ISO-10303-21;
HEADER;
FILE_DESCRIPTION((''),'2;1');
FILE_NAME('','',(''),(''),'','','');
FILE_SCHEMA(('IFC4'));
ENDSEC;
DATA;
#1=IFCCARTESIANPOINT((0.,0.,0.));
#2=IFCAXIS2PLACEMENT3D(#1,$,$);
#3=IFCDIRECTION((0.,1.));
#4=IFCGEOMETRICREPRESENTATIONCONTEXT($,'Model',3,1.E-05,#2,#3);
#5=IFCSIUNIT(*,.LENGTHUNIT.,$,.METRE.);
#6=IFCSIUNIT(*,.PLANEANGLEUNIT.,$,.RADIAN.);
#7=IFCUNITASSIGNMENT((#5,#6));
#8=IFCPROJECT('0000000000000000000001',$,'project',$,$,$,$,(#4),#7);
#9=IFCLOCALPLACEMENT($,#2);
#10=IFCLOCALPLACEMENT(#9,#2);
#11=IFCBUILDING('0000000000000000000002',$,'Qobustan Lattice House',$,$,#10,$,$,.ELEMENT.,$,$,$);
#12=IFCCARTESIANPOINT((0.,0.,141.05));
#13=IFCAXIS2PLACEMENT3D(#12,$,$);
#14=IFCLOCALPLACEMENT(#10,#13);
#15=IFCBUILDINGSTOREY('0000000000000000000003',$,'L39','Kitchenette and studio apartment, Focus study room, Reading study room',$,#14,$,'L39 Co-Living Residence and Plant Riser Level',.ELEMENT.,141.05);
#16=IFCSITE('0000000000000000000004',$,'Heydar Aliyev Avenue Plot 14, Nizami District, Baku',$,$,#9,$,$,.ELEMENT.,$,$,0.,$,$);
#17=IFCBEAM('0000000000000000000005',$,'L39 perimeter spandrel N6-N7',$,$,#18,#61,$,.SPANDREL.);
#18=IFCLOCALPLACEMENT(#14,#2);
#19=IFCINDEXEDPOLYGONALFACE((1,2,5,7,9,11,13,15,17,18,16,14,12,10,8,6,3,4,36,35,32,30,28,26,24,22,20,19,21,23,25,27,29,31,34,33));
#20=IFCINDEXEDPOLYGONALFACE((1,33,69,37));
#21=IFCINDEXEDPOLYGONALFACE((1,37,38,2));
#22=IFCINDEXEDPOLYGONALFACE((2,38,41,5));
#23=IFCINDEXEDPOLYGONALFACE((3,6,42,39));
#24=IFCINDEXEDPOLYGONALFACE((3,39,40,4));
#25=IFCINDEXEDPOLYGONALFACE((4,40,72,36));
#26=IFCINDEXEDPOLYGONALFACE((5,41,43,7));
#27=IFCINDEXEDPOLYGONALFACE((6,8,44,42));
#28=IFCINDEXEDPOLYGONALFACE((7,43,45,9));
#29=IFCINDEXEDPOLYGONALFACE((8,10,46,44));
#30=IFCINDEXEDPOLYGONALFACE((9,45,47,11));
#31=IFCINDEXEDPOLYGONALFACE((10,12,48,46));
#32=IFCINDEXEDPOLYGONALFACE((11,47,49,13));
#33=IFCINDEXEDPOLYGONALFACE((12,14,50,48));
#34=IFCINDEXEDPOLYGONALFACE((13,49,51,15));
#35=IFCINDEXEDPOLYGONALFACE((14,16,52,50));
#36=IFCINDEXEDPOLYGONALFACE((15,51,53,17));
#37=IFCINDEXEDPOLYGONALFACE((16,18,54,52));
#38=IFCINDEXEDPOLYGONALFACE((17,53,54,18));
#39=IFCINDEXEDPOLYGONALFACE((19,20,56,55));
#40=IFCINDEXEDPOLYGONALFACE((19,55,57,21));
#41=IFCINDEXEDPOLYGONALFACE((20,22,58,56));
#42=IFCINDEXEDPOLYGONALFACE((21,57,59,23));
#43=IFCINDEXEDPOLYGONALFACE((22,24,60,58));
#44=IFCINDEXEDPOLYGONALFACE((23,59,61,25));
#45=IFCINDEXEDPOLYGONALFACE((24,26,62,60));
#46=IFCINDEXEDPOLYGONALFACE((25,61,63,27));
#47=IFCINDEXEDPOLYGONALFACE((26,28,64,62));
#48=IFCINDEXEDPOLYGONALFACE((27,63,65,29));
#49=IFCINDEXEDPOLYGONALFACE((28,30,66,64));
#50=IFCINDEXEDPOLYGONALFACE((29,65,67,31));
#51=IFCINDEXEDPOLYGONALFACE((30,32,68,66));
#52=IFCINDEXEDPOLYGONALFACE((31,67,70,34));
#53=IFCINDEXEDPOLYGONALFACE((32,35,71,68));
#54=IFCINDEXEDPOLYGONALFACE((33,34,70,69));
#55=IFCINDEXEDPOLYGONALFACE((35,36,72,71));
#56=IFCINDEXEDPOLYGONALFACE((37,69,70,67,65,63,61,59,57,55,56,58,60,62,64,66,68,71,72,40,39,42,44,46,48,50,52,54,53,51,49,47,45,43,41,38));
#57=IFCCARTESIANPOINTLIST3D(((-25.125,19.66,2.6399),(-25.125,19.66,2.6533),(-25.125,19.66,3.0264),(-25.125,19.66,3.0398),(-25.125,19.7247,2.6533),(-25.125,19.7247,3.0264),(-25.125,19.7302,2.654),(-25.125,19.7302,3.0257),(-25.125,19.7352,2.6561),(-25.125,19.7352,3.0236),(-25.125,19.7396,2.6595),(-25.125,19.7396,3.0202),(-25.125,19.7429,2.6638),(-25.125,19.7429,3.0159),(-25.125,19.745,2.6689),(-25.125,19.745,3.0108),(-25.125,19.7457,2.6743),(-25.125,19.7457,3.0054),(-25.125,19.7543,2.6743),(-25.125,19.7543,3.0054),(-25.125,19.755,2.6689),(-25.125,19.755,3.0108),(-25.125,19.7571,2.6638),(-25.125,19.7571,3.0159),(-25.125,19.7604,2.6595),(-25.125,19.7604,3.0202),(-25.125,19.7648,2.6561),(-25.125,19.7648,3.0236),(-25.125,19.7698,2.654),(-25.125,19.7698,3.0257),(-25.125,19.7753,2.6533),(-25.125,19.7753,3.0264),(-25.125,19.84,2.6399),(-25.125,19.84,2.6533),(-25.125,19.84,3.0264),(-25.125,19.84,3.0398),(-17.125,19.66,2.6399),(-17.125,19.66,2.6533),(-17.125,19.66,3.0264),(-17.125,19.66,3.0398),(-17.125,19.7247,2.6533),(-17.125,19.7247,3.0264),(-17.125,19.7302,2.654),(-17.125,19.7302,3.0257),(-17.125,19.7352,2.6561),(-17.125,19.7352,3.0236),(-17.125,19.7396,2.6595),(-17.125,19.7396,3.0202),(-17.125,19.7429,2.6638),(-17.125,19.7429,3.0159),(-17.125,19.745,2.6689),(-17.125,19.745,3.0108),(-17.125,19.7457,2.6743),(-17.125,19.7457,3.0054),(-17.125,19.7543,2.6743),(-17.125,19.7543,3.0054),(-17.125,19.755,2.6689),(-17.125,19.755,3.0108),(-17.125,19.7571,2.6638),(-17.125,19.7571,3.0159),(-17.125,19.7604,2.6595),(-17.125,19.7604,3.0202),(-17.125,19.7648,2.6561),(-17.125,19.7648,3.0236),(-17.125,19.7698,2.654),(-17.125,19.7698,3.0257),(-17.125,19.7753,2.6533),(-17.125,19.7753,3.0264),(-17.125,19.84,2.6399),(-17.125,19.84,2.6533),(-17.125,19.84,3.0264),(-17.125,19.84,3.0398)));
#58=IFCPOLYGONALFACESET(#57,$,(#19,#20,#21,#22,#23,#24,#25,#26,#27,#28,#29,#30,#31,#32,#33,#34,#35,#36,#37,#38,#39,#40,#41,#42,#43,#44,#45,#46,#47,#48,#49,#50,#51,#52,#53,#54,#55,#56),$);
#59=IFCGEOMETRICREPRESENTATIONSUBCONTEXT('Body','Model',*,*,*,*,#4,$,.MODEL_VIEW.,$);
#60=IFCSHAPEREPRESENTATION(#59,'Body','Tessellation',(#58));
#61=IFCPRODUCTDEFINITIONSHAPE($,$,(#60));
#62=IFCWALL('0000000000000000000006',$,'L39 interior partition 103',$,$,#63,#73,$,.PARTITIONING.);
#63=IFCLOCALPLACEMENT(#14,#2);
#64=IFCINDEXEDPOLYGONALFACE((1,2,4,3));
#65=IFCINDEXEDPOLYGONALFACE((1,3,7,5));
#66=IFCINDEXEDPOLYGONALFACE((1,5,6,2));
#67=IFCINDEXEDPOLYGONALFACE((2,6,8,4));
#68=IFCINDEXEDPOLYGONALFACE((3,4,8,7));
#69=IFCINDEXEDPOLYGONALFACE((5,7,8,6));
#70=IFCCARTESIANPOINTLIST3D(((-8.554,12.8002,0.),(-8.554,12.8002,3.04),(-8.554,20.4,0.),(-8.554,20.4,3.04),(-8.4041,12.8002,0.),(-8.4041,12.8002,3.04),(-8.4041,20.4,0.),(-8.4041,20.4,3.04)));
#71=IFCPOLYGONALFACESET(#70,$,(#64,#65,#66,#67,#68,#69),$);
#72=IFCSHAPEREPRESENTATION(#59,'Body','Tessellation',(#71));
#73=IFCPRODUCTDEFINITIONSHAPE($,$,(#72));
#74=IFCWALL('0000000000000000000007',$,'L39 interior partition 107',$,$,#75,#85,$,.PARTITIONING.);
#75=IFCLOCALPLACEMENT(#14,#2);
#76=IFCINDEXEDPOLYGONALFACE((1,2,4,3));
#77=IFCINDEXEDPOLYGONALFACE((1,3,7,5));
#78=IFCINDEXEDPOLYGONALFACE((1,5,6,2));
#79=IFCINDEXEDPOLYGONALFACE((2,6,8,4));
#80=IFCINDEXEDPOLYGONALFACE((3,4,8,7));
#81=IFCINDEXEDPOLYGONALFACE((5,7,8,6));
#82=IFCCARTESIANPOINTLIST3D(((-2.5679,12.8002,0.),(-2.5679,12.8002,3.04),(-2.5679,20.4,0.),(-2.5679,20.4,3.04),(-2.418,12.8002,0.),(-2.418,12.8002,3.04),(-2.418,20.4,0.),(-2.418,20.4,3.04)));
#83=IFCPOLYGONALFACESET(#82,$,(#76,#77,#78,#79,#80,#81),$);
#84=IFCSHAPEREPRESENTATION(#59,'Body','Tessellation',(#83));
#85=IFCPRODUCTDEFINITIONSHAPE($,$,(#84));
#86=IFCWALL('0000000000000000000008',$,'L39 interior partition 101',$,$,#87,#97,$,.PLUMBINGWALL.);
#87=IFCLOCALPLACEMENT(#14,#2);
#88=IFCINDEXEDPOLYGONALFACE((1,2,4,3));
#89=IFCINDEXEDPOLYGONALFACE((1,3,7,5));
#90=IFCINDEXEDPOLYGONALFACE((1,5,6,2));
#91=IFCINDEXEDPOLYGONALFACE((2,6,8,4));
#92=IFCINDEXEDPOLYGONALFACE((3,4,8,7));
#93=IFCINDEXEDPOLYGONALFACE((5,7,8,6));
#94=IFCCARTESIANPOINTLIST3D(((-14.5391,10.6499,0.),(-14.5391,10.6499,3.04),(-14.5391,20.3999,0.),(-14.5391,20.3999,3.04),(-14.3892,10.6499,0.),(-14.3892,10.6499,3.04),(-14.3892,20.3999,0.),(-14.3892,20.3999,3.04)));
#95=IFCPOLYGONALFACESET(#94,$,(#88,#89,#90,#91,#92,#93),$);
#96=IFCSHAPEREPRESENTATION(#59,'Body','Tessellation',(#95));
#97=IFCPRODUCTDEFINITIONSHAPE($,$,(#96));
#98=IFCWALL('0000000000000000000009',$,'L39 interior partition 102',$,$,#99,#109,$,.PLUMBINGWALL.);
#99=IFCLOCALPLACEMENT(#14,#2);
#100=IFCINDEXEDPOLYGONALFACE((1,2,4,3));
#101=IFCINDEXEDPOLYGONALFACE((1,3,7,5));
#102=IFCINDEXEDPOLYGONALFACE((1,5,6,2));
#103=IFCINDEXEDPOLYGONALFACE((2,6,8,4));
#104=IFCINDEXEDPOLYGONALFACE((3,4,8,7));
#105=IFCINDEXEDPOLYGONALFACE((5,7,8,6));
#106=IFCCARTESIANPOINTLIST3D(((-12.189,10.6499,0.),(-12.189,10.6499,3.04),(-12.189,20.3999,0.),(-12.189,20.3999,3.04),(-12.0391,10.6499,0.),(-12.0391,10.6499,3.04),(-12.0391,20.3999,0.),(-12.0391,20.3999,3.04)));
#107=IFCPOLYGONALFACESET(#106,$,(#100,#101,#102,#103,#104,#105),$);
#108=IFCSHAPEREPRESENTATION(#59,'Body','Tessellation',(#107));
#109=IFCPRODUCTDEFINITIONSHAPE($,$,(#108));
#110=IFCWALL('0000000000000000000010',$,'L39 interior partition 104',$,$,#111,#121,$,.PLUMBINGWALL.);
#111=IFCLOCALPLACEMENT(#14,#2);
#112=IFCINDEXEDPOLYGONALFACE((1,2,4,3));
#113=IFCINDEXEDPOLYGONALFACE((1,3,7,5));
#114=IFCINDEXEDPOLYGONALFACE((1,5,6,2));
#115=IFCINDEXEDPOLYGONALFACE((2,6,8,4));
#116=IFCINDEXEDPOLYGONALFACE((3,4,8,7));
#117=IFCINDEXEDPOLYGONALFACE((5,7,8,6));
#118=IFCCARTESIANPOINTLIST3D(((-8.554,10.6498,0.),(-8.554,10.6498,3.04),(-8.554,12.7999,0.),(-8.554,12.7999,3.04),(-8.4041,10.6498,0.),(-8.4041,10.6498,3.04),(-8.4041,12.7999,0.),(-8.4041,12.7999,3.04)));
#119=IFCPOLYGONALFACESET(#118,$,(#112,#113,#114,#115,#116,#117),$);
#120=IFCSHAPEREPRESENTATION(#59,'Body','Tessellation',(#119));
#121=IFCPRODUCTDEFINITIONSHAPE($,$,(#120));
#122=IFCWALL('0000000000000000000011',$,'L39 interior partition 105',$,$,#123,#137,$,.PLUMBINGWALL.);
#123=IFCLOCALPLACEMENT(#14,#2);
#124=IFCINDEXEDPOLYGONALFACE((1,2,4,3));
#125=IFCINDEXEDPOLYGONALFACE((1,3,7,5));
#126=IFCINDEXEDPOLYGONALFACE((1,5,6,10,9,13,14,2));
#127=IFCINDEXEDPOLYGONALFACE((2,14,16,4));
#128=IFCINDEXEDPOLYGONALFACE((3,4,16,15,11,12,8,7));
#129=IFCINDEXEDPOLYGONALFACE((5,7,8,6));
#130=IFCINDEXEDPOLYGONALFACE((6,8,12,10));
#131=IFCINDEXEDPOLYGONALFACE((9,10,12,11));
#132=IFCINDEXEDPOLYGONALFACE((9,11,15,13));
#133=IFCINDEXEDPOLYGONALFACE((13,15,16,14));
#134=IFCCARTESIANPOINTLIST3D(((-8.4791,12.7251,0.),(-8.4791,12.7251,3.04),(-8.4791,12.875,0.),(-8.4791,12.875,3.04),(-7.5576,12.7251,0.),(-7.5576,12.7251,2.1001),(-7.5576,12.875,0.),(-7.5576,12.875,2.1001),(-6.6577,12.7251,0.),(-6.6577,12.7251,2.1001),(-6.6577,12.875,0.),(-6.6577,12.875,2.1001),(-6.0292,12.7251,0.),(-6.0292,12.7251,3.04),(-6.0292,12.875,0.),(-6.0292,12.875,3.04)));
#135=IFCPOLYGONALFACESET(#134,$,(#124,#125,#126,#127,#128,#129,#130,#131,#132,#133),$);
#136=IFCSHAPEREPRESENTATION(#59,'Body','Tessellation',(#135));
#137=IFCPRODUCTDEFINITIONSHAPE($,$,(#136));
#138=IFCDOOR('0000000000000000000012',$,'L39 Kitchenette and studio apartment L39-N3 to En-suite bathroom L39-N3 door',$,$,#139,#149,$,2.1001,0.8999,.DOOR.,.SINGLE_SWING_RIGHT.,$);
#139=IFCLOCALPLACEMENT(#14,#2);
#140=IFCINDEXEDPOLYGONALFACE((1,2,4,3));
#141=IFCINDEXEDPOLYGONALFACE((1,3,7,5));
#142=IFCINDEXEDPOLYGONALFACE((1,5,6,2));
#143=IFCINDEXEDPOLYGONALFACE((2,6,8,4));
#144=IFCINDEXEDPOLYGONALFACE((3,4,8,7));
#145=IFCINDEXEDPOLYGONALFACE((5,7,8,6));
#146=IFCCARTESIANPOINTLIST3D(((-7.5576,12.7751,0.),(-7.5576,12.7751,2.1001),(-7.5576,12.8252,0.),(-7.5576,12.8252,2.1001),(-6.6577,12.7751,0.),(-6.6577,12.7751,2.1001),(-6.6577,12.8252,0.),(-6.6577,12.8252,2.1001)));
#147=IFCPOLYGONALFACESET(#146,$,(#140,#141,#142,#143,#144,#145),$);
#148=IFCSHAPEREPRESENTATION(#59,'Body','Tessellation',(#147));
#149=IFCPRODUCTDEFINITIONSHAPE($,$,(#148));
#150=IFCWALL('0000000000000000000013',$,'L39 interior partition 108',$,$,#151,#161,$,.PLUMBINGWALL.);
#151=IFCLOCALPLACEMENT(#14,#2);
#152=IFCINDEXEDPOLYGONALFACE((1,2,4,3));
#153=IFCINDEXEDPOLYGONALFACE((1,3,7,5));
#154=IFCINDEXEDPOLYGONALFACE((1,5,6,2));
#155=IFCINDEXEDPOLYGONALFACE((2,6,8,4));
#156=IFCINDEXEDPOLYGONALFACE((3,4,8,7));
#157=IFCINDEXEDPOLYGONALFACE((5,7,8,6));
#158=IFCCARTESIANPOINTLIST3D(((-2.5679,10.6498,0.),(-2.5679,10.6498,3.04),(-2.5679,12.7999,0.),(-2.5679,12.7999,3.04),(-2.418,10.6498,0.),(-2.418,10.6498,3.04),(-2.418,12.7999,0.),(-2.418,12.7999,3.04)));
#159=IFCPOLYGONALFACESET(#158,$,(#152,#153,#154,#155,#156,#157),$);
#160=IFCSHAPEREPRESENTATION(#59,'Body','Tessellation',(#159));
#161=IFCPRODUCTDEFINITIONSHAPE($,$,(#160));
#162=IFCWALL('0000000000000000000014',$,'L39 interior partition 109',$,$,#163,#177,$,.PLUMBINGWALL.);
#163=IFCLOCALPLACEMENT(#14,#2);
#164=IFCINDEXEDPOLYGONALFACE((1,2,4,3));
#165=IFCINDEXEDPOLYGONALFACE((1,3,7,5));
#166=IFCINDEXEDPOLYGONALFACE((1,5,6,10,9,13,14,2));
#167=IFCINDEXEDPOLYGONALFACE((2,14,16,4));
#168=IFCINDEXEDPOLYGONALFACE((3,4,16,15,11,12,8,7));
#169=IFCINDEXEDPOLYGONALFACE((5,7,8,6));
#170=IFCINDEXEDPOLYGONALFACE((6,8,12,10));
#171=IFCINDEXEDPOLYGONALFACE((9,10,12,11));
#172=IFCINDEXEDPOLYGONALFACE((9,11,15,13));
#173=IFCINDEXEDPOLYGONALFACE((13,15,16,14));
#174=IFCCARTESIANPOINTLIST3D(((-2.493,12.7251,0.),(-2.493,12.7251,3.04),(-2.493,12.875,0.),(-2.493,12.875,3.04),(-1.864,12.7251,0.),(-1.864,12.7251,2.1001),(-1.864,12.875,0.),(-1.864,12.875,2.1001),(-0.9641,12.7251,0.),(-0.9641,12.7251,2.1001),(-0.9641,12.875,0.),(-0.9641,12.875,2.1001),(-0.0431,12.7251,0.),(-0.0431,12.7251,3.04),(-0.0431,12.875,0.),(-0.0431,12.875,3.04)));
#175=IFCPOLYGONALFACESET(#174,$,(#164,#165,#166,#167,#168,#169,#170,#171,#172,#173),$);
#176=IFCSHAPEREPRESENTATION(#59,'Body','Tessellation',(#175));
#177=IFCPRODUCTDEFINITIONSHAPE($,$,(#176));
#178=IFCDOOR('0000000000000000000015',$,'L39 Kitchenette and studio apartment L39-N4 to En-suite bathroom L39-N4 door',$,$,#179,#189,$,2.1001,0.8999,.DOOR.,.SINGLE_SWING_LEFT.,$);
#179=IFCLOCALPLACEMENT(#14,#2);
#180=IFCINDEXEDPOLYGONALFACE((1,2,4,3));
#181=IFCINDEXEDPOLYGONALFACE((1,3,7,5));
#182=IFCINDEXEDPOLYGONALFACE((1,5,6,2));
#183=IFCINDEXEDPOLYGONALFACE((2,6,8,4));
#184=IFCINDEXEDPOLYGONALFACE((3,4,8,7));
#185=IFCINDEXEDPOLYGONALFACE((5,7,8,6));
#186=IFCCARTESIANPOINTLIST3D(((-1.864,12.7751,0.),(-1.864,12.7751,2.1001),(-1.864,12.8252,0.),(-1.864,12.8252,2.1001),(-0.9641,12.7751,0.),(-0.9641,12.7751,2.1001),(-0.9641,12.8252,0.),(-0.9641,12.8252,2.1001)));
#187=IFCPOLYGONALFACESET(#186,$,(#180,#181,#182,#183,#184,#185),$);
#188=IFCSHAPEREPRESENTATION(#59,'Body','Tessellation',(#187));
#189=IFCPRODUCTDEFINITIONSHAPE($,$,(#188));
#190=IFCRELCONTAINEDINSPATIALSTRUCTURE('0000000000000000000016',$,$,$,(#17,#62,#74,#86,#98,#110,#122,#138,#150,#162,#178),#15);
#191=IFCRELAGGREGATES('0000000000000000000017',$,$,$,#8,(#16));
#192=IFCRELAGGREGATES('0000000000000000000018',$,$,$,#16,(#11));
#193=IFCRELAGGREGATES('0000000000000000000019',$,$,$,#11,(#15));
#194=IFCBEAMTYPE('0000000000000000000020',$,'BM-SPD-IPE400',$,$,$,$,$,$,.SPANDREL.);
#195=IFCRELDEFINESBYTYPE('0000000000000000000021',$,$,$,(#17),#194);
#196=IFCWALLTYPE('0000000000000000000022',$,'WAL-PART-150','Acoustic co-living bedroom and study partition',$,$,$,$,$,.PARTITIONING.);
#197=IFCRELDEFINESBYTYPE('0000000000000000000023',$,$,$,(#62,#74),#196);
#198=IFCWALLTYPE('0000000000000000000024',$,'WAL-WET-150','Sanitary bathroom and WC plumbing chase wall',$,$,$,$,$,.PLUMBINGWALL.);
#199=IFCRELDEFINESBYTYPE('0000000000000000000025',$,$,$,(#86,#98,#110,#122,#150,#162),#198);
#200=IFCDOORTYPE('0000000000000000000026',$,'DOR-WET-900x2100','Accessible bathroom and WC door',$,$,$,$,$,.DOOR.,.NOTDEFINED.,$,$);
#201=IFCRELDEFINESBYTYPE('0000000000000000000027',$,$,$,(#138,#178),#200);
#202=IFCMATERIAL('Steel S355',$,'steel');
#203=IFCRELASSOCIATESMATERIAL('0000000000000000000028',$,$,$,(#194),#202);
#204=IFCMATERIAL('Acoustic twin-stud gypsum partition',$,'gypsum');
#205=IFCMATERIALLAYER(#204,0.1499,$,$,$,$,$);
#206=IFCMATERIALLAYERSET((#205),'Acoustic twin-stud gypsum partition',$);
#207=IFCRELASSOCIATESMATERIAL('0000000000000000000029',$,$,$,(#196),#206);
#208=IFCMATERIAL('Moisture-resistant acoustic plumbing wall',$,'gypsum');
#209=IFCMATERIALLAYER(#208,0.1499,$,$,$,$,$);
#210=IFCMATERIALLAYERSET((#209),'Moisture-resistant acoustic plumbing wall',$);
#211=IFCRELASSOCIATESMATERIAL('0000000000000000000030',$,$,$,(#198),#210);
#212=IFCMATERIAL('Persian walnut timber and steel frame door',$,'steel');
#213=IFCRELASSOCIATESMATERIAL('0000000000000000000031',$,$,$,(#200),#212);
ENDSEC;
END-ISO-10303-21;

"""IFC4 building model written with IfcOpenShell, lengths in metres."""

from ifc_helpers import new_model, si_unit, direction, frame, frame_2d, origin, origin_2d, place, context, subcontext, project, spatial, rectangle, i_section, extrude, material, layer, layer_set, material_profile, profile_set, type_object, element, fill, save


model = new_model("IFC4")

# Units and contexts
model_context = context("Model", 3, precision=1e-05, world=origin(), true_north=direction((0.0, 1.0)))
body_context = subcontext(model_context, "Body", "Model", "MODEL_VIEW")
ifc_project = project(units=[si_unit("LENGTHUNIT", "METRE"), si_unit("PLANEANGLEUNIT", "RADIAN")], contexts=[model_context])

# Site, building, storey
site_placement = place(None, origin())
site = spatial("IfcSite", under=ifc_project, at=site_placement, Name="Heydar Aliyev Avenue Plot 14, Nizami District, Baku", CompositionType="ELEMENT", RefElevation=0.0)
building_placement = place(site_placement, origin())
building = spatial("IfcBuilding", under=site, at=building_placement, Name="Qobustan Lattice House", CompositionType="ELEMENT")
storey_placement = place(building_placement, frame((0.0, 0.0, 141.05)))
storey = spatial("IfcBuildingStorey", under=building, at=storey_placement, Name="L39", Description="Kitchenette and studio apartment, Focus study room, Reading study room", LongName="L39 Co-Living Residence and Plant Riser Level", CompositionType="ELEMENT", Elevation=141.05)

# Beam
ifc_material_1 = material(Name="Steel S355", Category="steel")
ifc_material_profile_1 = material_profile(ifc_material_1, i_section(OverallWidth=0.1799, OverallDepth=0.3999, WebThickness=0.0085, FlangeThickness=0.0134, FilletRadius=0.021, at=origin_2d()), Name="IPE400")
ifc_profile_set_1 = profile_set([ifc_material_profile_1], Name="Steel S355")
beam_type_1 = type_object("IfcBeamType", Name="BM-SPD-IPE400", PredefinedType="SPANDREL", material=ifc_profile_set_1)
for number, where, z_axis, x_axis, name in (
    (1, (-17.125, 19.75, 2.8398), (-1.0, 0.0, 0.0), (0.0, -1.0, 0.0), "L39 perimeter spandrel N6-N7"),
):
    element("IfcBeam", number, at=place(storey_placement, frame(where, z_axis=z_axis, x_axis=x_axis)), inside=storey, type_object=beam_type_1, Name=name, PredefinedType="SPANDREL", context=body_context, shape_type="SweptSolid", body=[
        extrude(i_section(OverallWidth=0.1799, OverallDepth=0.3999, WebThickness=0.0085, FlangeThickness=0.0134, FilletRadius=0.021, at=origin_2d()), origin(), (0.0, 0.0, 1.0), 8.0),
    ])

# Walls
ifc_material_2 = material(Name="Acoustic twin-stud gypsum partition", Category="gypsum")
ifc_layer_1 = layer(ifc_material_2, 0.1499)
ifc_layer_set_1 = layer_set([ifc_layer_1], Name="Acoustic twin-stud gypsum partition")
wall_type_1 = type_object("IfcWallType", Name="WAL-PART-150", Description="Acoustic co-living bedroom and study partition", PredefinedType="PARTITIONING", material=ifc_layer_set_1)
for number, where, z_axis, x_axis, name in (
    (2, (-8.479, 20.3999, 0.0), (0.0, 0.0, 1.0), (0.0, -1.0, 0.0), "L39 interior partition 103"),
    (3, (-2.4929, 20.3999, 0.0), (0.0, 0.0, 1.0), (0.0, -1.0, 0.0), "L39 interior partition 107"),
):
    element("IfcWall", number, at=place(storey_placement, frame(where, z_axis=z_axis, x_axis=x_axis)), inside=storey, type_object=wall_type_1, Name=name, PredefinedType="PARTITIONING", context=body_context, shape_type="SweptSolid", body=[
        extrude(rectangle(XDim=7.5999, YDim=0.1499, at=frame_2d((3.7998, 0.0))), origin(), (0.0, 0.0, 1.0), 3.04),
    ])
ifc_material_3 = material(Name="Moisture-resistant acoustic plumbing wall", Category="gypsum")
ifc_layer_2 = layer(ifc_material_3, 0.1499)
ifc_layer_set_2 = layer_set([ifc_layer_2], Name="Moisture-resistant acoustic plumbing wall")
wall_type_2 = type_object("IfcWallType", Name="WAL-WET-150", Description="Sanitary bathroom and WC plumbing chase wall", PredefinedType="PLUMBINGWALL", material=ifc_layer_set_2)
for number, where, z_axis, x_axis, name in (
    (4, (-14.4641, 20.3999, 0.0), (0.0, 0.0, 1.0), (0.0, -1.0, 0.0), "L39 interior partition 101"),
    (5, (-12.114, 20.3999, 0.0), (0.0, 0.0, 1.0), (0.0, -1.0, 0.0), "L39 interior partition 102"),
):
    element("IfcWall", number, at=place(storey_placement, frame(where, z_axis=z_axis, x_axis=x_axis)), inside=storey, type_object=wall_type_2, Name=name, PredefinedType="PLUMBINGWALL", context=body_context, shape_type="SweptSolid", body=[
        extrude(rectangle(XDim=9.75, YDim=0.1499, at=frame_2d((4.875, 0.0))), origin(), (0.0, 0.0, 1.0), 3.04),
    ])
wall_1_placement = place(storey_placement, frame((-8.479, 12.8, 0.0), z_axis=(0.0, 0.0, 1.0), x_axis=(0.0, -1.0, 0.0)))
element("IfcWall", 6, at=wall_1_placement, inside=storey, type_object=wall_type_2, Name="L39 interior partition 104", PredefinedType="PLUMBINGWALL", context=body_context, shape_type="SweptSolid", body=[
    extrude(rectangle(XDim=2.1501, YDim=0.1499, at=frame_2d((1.0752, 0.0))), origin(), (0.0, 0.0, 1.0), 3.04),
])

# Wall, opening, door
wall_2_placement = place(storey_placement, frame((-6.0291, 12.8, 0.0), z_axis=(0.0, 0.0, 1.0), x_axis=(-1.0, 0.0, 0.0)))
wall_2 = element("IfcWall", 7, at=wall_2_placement, inside=storey, type_object=wall_type_2, Name="L39 interior partition 105", PredefinedType="PLUMBINGWALL", context=body_context, shape_type="SweptSolid", body=[
    extrude(rectangle(XDim=2.45, YDim=0.1499, at=frame_2d((1.2251, 0.0))), origin(), (0.0, 0.0, 1.0), 3.04),
])
opening_1_placement = place(wall_2_placement, frame((0.6287, 0.0, 0.0)))
opening_1 = element("IfcOpeningElement", 8, at=opening_1_placement, cuts=wall_2, PredefinedType="OPENING", context=body_context, shape_type="SweptSolid", body=[
    extrude(rectangle(XDim=0.8999, YDim=2.1001, at=frame_2d((0.45, 1.05))), frame((0.0, 0.085, 0.0), z_axis=(0.0, -1.0, 0.0), x_axis=(1.0, 0.0, 0.0)), (0.0, 0.0, 1.0), 0.1699),
])
ifc_material_4 = material(Name="Persian walnut timber and steel frame door", Category="steel")
door_type = type_object("IfcDoorType", Name="DOR-WET-900x2100", Description="Accessible bathroom and WC door", OperationType="NOTDEFINED", PredefinedType="DOOR", material=ifc_material_4)
door_1_placement = place(opening_1_placement, origin())
door_1 = element("IfcDoor", 9, at=door_1_placement, inside=storey, type_object=door_type, Name="L39 Kitchenette and studio apartment L39-N3 to En-suite bathroom L39-N3 door", OperationType="SINGLE_SWING_RIGHT", OverallHeight=2.1001, OverallWidth=0.8999, PredefinedType="DOOR", context=body_context, shape_type="SweptSolid", body=[
    extrude(rectangle(XDim=0.8999, YDim=2.1001, at=frame_2d((0.45, 1.05))), frame((0.0, 0.0249, 0.0), z_axis=(0.0, -1.0, 0.0), x_axis=(1.0, 0.0, 0.0)), (0.0, 0.0, 1.0), 0.05),
])
fill(opening_1, door_1)

# Wall
wall_3_placement = place(storey_placement, frame((-2.4929, 12.8, 0.0), z_axis=(0.0, 0.0, 1.0), x_axis=(0.0, -1.0, 0.0)))
element("IfcWall", 10, at=wall_3_placement, inside=storey, type_object=wall_type_2, Name="L39 interior partition 108", PredefinedType="PLUMBINGWALL", context=body_context, shape_type="SweptSolid", body=[
    extrude(rectangle(XDim=2.1501, YDim=0.1499, at=frame_2d((1.0752, 0.0))), origin(), (0.0, 0.0, 1.0), 3.04),
])

# Wall, opening, door
wall_4_placement = place(storey_placement, frame((-0.043, 12.8, 0.0), z_axis=(0.0, 0.0, 1.0), x_axis=(-1.0, 0.0, 0.0)))
wall_4 = element("IfcWall", 11, at=wall_4_placement, inside=storey, type_object=wall_type_2, Name="L39 interior partition 109", PredefinedType="PLUMBINGWALL", context=body_context, shape_type="SweptSolid", body=[
    extrude(rectangle(XDim=2.45, YDim=0.1499, at=frame_2d((1.2251, 0.0))), origin(), (0.0, 0.0, 1.0), 3.04),
])
opening_2_placement = place(wall_4_placement, frame((0.9211, 0.0, 0.0)))
opening_2 = element("IfcOpeningElement", 12, at=opening_2_placement, cuts=wall_4, PredefinedType="OPENING", context=body_context, shape_type="SweptSolid", body=[
    extrude(rectangle(XDim=0.8999, YDim=2.1001, at=frame_2d((0.45, 1.05))), frame((0.0, 0.085, 0.0), z_axis=(0.0, -1.0, 0.0), x_axis=(1.0, 0.0, 0.0)), (0.0, 0.0, 1.0), 0.1699),
])
door_2_placement = place(opening_2_placement, origin())
door_2 = element("IfcDoor", 13, at=door_2_placement, inside=storey, type_object=door_type, Name="L39 Kitchenette and studio apartment L39-N4 to En-suite bathroom L39-N4 door", OperationType="SINGLE_SWING_LEFT", OverallHeight=2.1001, OverallWidth=0.8999, PredefinedType="DOOR", context=body_context, shape_type="SweptSolid", body=[
    extrude(rectangle(XDim=0.8999, YDim=2.1001, at=frame_2d((0.45, 1.05))), frame((0.0, 0.0249, 0.0), z_axis=(0.0, -1.0, 0.0), x_axis=(1.0, 0.0, 0.0)), (0.0, 0.0, 1.0), 0.05),
])
fill(opening_2, door_2)

save(model, "model.ifc")
